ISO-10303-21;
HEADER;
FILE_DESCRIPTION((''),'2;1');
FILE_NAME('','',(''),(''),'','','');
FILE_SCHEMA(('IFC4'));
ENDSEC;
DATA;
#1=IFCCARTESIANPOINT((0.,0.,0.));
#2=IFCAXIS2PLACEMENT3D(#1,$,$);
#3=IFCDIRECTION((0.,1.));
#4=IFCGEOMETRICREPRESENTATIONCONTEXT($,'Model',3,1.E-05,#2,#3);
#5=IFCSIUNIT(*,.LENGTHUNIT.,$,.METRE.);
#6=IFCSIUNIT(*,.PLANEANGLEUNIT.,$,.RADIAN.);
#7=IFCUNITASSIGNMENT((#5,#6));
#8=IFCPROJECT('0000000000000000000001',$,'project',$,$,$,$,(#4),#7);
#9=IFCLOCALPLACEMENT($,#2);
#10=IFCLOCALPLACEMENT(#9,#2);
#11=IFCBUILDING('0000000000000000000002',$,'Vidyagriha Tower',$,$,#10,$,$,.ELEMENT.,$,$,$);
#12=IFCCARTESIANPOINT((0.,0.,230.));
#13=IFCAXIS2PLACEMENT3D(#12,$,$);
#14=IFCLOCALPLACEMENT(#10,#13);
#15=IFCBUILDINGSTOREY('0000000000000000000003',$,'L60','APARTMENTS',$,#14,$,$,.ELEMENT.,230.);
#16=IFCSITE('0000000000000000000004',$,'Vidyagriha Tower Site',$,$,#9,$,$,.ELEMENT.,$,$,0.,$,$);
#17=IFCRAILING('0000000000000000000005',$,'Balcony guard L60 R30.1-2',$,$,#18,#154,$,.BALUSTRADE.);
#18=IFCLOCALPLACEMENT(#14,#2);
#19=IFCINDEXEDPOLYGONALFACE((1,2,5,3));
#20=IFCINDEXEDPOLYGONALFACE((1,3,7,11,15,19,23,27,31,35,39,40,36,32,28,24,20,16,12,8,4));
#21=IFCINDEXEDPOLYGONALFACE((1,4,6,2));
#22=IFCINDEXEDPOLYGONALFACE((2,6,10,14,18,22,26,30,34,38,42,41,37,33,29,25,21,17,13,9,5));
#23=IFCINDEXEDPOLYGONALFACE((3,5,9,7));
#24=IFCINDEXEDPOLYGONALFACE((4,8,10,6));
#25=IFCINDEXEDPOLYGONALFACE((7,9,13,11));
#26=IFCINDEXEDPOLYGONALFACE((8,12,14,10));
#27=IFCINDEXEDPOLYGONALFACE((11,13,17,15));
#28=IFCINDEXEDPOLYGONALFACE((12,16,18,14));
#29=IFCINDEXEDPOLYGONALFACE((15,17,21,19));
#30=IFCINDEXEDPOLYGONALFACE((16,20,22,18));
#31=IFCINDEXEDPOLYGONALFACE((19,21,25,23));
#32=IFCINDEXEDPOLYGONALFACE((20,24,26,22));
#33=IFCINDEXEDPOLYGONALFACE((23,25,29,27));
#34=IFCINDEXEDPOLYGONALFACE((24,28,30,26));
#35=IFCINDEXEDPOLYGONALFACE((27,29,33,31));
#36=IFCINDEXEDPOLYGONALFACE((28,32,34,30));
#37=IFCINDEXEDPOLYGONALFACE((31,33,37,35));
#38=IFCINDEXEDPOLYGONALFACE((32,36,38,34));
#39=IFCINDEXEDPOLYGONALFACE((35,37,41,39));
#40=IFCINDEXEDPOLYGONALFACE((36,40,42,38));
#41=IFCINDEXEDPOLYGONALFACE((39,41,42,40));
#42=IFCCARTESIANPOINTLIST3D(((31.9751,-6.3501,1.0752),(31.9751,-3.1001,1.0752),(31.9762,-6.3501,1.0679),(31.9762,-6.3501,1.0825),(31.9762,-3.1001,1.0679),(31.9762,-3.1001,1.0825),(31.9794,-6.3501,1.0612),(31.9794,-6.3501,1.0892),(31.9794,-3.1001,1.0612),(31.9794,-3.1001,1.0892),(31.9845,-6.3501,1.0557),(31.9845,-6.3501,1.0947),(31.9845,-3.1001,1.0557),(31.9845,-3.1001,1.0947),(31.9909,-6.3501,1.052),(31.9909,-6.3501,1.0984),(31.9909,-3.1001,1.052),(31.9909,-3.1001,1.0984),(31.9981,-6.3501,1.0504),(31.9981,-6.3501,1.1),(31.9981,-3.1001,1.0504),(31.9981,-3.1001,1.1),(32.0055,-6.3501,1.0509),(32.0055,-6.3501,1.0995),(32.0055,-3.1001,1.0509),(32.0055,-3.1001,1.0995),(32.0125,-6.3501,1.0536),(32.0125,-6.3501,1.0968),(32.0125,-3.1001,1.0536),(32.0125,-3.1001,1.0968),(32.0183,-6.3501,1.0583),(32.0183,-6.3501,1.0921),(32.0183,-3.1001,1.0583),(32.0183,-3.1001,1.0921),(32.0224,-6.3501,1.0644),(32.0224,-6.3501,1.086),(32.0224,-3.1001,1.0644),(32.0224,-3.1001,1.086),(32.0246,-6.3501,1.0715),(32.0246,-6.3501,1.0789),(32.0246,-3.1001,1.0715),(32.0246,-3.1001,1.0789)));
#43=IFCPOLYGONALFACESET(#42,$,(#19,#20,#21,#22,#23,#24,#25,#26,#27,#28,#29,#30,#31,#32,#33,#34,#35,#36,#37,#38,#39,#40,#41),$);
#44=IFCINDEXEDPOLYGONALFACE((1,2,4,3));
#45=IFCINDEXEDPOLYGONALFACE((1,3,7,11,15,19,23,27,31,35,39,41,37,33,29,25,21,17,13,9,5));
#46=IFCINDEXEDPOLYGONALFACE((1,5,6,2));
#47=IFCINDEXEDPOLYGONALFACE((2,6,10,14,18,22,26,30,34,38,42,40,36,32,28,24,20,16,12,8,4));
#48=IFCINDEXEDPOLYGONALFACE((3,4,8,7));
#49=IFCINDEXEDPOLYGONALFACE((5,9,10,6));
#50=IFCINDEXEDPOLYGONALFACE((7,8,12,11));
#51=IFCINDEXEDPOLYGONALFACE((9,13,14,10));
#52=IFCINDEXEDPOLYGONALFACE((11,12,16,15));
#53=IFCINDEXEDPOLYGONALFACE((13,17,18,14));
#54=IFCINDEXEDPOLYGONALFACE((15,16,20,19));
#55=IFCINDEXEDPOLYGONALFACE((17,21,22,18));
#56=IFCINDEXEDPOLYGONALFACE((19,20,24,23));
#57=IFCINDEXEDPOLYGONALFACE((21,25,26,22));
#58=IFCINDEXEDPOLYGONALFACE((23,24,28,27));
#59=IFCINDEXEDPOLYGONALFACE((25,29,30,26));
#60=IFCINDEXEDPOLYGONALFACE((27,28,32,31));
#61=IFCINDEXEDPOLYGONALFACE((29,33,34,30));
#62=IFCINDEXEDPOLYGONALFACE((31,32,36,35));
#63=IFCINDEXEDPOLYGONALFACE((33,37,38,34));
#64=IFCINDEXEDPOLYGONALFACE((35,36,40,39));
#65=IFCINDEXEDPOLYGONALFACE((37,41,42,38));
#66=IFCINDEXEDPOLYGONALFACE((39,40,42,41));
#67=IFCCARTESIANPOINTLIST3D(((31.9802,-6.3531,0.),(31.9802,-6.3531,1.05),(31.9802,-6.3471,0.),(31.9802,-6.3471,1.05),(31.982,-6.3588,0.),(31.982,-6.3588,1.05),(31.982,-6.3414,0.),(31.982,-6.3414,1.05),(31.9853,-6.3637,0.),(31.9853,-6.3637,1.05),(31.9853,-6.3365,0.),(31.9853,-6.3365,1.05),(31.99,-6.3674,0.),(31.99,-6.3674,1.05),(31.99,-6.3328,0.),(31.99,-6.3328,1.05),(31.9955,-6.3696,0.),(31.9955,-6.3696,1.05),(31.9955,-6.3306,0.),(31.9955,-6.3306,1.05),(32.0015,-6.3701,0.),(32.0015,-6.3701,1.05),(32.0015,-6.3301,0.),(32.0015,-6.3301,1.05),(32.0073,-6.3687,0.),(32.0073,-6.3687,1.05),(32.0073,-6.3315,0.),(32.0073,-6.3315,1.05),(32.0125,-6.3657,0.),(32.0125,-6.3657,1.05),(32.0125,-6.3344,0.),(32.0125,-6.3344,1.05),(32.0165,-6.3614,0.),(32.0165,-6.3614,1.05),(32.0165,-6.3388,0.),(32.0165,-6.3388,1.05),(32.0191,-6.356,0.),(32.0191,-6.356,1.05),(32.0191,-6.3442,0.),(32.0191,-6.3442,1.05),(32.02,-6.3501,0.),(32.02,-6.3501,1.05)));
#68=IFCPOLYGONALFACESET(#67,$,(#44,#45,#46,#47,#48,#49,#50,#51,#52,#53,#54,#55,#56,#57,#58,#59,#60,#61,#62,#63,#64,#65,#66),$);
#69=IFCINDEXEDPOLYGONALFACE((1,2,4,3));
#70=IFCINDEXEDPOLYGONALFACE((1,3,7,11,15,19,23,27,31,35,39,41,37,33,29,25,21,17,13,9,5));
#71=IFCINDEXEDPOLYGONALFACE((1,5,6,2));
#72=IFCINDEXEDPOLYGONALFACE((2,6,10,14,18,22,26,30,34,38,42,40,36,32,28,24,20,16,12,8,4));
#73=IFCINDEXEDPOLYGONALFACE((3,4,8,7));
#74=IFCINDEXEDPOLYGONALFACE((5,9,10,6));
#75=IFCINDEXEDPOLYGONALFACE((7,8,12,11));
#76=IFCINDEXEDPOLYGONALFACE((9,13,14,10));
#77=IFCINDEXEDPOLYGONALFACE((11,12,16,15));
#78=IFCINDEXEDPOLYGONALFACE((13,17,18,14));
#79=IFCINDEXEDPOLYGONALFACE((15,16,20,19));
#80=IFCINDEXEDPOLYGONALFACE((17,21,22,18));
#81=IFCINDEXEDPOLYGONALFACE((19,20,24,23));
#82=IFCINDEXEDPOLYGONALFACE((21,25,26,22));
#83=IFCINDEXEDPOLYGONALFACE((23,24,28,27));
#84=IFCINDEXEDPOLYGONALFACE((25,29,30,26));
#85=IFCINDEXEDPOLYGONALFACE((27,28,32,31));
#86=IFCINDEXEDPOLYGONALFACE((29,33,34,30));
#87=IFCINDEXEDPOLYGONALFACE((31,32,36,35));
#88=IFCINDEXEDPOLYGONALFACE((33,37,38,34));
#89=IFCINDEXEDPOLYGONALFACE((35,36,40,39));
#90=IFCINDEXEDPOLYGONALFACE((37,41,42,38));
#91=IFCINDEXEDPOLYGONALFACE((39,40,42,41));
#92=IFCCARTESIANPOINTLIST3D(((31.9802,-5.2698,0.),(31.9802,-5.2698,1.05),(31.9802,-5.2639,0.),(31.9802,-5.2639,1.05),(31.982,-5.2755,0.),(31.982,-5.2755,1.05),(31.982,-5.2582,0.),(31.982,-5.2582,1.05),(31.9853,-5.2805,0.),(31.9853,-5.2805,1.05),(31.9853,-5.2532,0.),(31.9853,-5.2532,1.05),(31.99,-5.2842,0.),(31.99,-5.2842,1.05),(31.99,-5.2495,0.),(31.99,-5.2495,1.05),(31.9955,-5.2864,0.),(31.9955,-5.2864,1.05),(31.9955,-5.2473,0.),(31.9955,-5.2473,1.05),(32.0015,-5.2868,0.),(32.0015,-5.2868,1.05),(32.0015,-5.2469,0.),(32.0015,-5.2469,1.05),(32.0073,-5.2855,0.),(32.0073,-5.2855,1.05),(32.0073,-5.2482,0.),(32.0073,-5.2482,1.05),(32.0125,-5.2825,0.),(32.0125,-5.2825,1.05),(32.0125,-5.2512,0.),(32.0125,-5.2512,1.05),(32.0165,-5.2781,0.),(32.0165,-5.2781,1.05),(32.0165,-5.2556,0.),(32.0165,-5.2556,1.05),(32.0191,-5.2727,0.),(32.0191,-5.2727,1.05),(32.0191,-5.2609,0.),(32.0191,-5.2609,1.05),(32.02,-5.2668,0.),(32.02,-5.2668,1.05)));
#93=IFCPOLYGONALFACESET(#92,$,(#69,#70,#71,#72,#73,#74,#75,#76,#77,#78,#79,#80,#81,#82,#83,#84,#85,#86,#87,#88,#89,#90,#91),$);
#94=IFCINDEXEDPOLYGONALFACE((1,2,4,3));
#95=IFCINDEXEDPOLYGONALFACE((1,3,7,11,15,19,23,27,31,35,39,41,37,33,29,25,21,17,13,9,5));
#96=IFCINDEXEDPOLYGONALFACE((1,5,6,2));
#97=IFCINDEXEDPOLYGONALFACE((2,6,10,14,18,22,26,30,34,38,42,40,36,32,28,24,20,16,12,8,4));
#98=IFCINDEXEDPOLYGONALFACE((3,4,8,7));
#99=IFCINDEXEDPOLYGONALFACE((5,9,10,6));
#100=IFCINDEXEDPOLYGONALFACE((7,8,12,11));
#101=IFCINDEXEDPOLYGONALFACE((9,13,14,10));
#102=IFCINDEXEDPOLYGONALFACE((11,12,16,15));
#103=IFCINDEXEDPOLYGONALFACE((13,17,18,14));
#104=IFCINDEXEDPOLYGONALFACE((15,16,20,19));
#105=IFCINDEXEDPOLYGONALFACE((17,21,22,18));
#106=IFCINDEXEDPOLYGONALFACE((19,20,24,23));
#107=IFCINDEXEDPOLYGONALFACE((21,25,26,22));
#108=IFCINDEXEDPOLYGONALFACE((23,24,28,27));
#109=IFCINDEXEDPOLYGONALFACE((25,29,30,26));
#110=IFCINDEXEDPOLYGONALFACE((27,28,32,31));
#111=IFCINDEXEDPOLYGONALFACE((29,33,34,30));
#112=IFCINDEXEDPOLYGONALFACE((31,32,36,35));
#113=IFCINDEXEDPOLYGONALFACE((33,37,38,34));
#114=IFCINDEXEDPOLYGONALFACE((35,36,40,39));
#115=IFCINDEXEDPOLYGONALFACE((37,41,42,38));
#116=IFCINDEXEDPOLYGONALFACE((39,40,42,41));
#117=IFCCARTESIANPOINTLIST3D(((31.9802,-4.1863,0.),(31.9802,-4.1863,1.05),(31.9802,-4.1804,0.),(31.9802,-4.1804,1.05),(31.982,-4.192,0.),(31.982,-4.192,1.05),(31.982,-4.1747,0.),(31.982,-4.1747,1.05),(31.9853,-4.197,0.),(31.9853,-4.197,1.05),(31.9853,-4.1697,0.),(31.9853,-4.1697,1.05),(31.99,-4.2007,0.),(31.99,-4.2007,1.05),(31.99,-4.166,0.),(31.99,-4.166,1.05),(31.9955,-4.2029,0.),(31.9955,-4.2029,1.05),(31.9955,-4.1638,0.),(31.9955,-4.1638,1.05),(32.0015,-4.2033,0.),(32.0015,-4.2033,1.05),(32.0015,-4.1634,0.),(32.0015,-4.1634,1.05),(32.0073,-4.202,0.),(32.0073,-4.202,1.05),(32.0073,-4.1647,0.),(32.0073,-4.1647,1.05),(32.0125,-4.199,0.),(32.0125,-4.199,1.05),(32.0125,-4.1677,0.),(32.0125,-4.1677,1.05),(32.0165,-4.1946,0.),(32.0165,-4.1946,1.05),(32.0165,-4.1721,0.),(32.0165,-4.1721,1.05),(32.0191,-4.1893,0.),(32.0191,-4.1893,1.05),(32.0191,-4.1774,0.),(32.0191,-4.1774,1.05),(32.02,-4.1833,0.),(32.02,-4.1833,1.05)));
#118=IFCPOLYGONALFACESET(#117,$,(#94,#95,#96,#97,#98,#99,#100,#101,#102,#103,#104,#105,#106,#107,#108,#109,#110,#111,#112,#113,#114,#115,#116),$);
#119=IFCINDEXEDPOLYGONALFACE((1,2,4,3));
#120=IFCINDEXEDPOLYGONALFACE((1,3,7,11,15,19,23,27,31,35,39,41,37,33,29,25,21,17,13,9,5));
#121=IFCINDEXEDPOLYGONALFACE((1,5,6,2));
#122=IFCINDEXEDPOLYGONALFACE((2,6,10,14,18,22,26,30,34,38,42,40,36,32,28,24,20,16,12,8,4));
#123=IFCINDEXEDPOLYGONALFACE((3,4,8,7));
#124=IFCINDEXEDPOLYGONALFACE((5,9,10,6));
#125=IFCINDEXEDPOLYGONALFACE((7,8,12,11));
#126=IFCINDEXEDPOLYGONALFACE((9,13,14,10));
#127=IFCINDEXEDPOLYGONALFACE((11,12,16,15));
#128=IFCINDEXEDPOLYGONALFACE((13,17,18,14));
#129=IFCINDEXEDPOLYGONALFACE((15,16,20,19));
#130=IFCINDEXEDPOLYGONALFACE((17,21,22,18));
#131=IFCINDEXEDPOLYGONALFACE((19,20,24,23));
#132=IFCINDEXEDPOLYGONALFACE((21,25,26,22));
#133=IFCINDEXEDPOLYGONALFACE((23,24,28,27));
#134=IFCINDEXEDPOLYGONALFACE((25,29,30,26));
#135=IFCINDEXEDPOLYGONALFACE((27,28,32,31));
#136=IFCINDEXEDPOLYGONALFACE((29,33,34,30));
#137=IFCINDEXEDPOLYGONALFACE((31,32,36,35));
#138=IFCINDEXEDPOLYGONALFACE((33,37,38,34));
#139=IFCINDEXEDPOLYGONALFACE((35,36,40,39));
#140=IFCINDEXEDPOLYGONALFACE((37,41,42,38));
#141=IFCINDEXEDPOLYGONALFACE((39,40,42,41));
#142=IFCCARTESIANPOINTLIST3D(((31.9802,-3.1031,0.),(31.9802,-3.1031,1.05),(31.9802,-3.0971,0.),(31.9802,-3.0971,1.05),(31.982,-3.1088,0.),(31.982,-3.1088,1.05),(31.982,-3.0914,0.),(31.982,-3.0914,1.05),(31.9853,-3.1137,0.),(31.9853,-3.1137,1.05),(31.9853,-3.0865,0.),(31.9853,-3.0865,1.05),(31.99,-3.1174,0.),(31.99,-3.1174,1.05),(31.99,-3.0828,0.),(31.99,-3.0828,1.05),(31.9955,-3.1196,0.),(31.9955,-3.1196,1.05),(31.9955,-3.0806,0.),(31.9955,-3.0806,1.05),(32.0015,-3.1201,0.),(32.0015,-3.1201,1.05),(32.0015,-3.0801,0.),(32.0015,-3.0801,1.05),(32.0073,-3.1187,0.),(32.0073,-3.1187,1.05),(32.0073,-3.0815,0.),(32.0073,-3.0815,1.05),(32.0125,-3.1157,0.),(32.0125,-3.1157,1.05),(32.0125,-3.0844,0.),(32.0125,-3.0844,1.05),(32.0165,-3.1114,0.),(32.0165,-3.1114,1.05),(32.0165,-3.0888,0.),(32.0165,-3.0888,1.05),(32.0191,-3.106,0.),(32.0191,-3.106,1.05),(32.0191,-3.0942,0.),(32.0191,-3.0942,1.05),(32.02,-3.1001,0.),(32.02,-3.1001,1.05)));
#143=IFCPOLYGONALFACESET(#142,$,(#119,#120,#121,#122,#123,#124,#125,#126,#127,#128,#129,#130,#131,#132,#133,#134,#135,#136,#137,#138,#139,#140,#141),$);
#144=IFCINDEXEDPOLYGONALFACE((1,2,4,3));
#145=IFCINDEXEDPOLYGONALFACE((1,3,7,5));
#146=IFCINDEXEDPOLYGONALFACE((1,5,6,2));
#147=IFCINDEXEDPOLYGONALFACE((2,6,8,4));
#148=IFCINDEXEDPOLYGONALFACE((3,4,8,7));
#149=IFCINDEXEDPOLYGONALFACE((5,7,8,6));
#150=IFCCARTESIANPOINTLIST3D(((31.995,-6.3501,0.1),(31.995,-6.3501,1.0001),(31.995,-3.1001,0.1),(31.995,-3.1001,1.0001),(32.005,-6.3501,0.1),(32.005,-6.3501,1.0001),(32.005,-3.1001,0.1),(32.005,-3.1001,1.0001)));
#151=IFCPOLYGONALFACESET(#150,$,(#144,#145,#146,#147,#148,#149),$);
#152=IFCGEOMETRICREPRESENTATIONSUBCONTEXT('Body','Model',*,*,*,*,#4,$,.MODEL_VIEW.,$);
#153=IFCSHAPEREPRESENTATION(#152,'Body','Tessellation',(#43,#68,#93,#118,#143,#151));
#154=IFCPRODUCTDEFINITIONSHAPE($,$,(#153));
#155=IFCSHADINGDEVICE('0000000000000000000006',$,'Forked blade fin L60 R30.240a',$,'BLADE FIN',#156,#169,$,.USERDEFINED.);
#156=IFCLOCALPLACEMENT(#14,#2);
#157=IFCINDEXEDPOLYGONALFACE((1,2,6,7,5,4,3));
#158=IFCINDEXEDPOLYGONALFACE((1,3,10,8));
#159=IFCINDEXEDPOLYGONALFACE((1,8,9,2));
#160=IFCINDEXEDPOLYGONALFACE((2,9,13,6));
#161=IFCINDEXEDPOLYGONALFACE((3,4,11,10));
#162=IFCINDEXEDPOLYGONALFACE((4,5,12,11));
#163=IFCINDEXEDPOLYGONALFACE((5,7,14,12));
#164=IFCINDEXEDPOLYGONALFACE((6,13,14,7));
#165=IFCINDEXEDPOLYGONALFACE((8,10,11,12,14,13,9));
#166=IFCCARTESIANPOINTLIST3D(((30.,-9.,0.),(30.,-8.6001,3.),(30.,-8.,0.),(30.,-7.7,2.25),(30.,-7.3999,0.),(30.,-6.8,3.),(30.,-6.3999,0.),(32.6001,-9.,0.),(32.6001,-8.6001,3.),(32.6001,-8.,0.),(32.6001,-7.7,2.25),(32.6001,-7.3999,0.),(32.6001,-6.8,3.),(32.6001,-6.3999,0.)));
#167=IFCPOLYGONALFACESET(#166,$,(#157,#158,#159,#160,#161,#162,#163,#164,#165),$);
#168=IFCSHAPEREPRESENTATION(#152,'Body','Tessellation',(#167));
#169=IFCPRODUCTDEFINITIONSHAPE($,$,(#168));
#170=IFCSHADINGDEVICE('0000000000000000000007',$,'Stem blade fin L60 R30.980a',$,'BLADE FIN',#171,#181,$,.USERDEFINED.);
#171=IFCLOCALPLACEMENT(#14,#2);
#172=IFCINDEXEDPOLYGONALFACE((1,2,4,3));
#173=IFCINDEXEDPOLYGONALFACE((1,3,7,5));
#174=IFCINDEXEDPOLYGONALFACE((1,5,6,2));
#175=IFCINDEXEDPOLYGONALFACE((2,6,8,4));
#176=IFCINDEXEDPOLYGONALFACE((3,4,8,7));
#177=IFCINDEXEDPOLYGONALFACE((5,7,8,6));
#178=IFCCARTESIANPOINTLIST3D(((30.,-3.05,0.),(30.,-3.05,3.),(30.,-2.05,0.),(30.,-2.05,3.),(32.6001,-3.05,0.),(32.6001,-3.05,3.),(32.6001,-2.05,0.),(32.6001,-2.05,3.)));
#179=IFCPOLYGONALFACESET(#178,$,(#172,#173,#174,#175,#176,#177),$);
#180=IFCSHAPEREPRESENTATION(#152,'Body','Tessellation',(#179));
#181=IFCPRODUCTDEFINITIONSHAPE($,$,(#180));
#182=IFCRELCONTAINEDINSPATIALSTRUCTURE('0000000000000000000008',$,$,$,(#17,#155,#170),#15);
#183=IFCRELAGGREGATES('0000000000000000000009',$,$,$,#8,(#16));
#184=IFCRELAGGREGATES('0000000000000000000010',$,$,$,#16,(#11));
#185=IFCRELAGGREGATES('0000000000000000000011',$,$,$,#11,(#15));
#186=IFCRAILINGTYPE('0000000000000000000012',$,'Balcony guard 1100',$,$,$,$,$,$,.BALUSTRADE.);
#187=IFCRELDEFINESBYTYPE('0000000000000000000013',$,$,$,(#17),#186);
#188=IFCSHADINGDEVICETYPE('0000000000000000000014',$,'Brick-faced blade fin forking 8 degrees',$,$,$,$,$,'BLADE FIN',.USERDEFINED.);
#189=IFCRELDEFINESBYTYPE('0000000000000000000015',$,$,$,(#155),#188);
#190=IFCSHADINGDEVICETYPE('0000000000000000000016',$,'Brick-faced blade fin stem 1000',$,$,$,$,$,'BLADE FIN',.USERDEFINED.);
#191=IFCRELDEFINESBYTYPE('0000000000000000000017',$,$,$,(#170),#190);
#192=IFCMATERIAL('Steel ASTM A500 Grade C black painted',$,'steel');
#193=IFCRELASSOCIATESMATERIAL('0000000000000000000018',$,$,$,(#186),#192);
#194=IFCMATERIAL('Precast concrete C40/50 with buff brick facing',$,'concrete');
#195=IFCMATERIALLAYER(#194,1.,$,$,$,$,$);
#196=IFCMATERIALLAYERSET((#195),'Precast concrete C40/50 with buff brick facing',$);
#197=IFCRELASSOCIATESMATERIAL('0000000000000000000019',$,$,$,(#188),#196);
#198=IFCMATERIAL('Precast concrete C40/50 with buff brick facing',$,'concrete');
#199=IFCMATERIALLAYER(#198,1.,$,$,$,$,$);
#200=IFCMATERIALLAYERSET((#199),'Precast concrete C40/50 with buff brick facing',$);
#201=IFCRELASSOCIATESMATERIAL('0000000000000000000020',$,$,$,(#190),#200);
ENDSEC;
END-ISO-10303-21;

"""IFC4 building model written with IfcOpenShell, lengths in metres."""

from ifc_helpers import new_model, si_unit, direction, frame, origin, origin_2d, place, context, subcontext, project, spatial, polyline, rectangle, circle, outline, extrude, material, layer, layer_set, type_object, element, save


model = new_model("IFC4")

# Units and contexts
model_context = context("Model", 3, precision=1e-05, world=origin(), true_north=direction((0.0, 1.0)))
body_context = subcontext(model_context, "Body", "Model", "MODEL_VIEW")
ifc_project = project(units=[si_unit("LENGTHUNIT", "METRE"), si_unit("PLANEANGLEUNIT", "RADIAN")], contexts=[model_context])

# Site, building, storey
site_placement = place(None, origin())
site = spatial("IfcSite", under=ifc_project, at=site_placement, Name="Vidyagriha Tower Site", CompositionType="ELEMENT", RefElevation=0.0)
building_placement = place(site_placement, origin())
building = spatial("IfcBuilding", under=site, at=building_placement, Name="Vidyagriha Tower", CompositionType="ELEMENT")
storey_placement = place(building_placement, frame((0.0, 0.0, 230.0)))
storey = spatial("IfcBuildingStorey", under=building, at=storey_placement, Name="L60", Description="APARTMENTS", CompositionType="ELEMENT", Elevation=230.0)

# Railing
ifc_material_1 = material(Name="Steel ASTM A500 Grade C black painted", Category="steel")
railing_type = type_object("IfcRailingType", Name="Balcony guard 1100", PredefinedType="BALUSTRADE", material=ifc_material_1)
railing_1_placement = place(storey_placement, frame((32.0, -6.3501, 0.0)))
element("IfcRailing", 1, at=railing_1_placement, inside=storey, type_object=railing_type, Name="Balcony guard L60 R30.1-2", PredefinedType="BALUSTRADE", context=body_context, shape_type="SweptSolid", body=[
    extrude(circle(Radius=0.0249, at=origin_2d()), frame((0.0, 0.0, 1.0752), z_axis=(0.0, 1.0, 0.0), x_axis=(-1.0, 0.0, 0.0)), (0.0, 0.0, 1.0), 3.25),
    extrude(circle(Radius=0.02, at=origin_2d()), origin(), (0.0, 0.0, 1.0), 1.05),
    extrude(circle(Radius=0.02, at=origin_2d()), frame((0.0, 1.0833, 0.0)), (0.0, 0.0, 1.0), 1.05),
    extrude(circle(Radius=0.02, at=origin_2d()), frame((0.0, 2.1667, 0.0)), (0.0, 0.0, 1.0), 1.05),
    extrude(circle(Radius=0.02, at=origin_2d()), frame((0.0, 3.25, 0.0)), (0.0, 0.0, 1.0), 1.05),
    extrude(rectangle(XDim=0.01, YDim=0.9001, at=origin_2d()), frame((0.0, 0.0, 0.55), z_axis=(0.0, 1.0, 0.0), x_axis=(-1.0, 0.0, 0.0)), (0.0, 0.0, 1.0), 3.25),
])

# Shading devices
ifc_material_2 = material(Name="Precast concrete C40/50 with buff brick facing", Category="concrete")
ifc_layer_1 = layer(ifc_material_2, 1.0)
ifc_layer_set_1 = layer_set([ifc_layer_1], Name="Precast concrete C40/50 with buff brick facing")
shading_device_type_1 = type_object("IfcShadingDeviceType", Name="Brick-faced blade fin forking 8 degrees", ElementType="BLADE FIN", PredefinedType="USERDEFINED", material=ifc_layer_set_1)
shading_device_1_placement = place(storey_placement, frame((31.3, -9.0, 0.0), z_axis=(0.0, 0.0, 1.0), x_axis=(0.0, 1.0, 0.0)))
element("IfcShadingDevice", 2, at=shading_device_1_placement, inside=storey, type_object=shading_device_type_1, Name="Forked blade fin L60 R30.240a", ObjectType="BLADE FIN", PredefinedType="USERDEFINED", context=body_context, shape_type="SweptSolid", body=[
    extrude(outline(polyline([(1.0, 0.0), (1.3, 2.25), (1.6001, 0.0), (2.6001, 0.0), (2.2, 3.0), (0.3999, 3.0), (0.0, 0.0), (1.0, 0.0)])), frame((0.0, 1.3, 0.0), z_axis=(0.0, -1.0, 0.0), x_axis=(1.0, 0.0, 0.0)), (0.0, 0.0, 1.0), 2.6001),
])
ifc_material_3 = material(Name="Precast concrete C40/50 with buff brick facing", Category="concrete")
ifc_layer_2 = layer(ifc_material_3, 1.0)
ifc_layer_set_2 = layer_set([ifc_layer_2], Name="Precast concrete C40/50 with buff brick facing")
shading_device_type_2 = type_object("IfcShadingDeviceType", Name="Brick-faced blade fin stem 1000", ElementType="BLADE FIN", PredefinedType="USERDEFINED", material=ifc_layer_set_2)
shading_device_2_placement = place(storey_placement, frame((31.3, -3.05, 0.0), z_axis=(0.0, 0.0, 1.0), x_axis=(0.0, 1.0, 0.0)))
element("IfcShadingDevice", 3, at=shading_device_2_placement, inside=storey, type_object=shading_device_type_2, Name="Stem blade fin L60 R30.980a", ObjectType="BLADE FIN", PredefinedType="USERDEFINED", context=body_context, shape_type="SweptSolid", body=[
    extrude(outline(polyline([(0.0, 0.0), (1.0, 0.0), (1.0, 3.0), (0.0, 3.0), (0.0, 0.0)])), frame((0.0, 1.3, 0.0), z_axis=(0.0, -1.0, 0.0), x_axis=(1.0, 0.0, 0.0)), (0.0, 0.0, 1.0), 2.6001),
])

save(model, "model.ifc")
